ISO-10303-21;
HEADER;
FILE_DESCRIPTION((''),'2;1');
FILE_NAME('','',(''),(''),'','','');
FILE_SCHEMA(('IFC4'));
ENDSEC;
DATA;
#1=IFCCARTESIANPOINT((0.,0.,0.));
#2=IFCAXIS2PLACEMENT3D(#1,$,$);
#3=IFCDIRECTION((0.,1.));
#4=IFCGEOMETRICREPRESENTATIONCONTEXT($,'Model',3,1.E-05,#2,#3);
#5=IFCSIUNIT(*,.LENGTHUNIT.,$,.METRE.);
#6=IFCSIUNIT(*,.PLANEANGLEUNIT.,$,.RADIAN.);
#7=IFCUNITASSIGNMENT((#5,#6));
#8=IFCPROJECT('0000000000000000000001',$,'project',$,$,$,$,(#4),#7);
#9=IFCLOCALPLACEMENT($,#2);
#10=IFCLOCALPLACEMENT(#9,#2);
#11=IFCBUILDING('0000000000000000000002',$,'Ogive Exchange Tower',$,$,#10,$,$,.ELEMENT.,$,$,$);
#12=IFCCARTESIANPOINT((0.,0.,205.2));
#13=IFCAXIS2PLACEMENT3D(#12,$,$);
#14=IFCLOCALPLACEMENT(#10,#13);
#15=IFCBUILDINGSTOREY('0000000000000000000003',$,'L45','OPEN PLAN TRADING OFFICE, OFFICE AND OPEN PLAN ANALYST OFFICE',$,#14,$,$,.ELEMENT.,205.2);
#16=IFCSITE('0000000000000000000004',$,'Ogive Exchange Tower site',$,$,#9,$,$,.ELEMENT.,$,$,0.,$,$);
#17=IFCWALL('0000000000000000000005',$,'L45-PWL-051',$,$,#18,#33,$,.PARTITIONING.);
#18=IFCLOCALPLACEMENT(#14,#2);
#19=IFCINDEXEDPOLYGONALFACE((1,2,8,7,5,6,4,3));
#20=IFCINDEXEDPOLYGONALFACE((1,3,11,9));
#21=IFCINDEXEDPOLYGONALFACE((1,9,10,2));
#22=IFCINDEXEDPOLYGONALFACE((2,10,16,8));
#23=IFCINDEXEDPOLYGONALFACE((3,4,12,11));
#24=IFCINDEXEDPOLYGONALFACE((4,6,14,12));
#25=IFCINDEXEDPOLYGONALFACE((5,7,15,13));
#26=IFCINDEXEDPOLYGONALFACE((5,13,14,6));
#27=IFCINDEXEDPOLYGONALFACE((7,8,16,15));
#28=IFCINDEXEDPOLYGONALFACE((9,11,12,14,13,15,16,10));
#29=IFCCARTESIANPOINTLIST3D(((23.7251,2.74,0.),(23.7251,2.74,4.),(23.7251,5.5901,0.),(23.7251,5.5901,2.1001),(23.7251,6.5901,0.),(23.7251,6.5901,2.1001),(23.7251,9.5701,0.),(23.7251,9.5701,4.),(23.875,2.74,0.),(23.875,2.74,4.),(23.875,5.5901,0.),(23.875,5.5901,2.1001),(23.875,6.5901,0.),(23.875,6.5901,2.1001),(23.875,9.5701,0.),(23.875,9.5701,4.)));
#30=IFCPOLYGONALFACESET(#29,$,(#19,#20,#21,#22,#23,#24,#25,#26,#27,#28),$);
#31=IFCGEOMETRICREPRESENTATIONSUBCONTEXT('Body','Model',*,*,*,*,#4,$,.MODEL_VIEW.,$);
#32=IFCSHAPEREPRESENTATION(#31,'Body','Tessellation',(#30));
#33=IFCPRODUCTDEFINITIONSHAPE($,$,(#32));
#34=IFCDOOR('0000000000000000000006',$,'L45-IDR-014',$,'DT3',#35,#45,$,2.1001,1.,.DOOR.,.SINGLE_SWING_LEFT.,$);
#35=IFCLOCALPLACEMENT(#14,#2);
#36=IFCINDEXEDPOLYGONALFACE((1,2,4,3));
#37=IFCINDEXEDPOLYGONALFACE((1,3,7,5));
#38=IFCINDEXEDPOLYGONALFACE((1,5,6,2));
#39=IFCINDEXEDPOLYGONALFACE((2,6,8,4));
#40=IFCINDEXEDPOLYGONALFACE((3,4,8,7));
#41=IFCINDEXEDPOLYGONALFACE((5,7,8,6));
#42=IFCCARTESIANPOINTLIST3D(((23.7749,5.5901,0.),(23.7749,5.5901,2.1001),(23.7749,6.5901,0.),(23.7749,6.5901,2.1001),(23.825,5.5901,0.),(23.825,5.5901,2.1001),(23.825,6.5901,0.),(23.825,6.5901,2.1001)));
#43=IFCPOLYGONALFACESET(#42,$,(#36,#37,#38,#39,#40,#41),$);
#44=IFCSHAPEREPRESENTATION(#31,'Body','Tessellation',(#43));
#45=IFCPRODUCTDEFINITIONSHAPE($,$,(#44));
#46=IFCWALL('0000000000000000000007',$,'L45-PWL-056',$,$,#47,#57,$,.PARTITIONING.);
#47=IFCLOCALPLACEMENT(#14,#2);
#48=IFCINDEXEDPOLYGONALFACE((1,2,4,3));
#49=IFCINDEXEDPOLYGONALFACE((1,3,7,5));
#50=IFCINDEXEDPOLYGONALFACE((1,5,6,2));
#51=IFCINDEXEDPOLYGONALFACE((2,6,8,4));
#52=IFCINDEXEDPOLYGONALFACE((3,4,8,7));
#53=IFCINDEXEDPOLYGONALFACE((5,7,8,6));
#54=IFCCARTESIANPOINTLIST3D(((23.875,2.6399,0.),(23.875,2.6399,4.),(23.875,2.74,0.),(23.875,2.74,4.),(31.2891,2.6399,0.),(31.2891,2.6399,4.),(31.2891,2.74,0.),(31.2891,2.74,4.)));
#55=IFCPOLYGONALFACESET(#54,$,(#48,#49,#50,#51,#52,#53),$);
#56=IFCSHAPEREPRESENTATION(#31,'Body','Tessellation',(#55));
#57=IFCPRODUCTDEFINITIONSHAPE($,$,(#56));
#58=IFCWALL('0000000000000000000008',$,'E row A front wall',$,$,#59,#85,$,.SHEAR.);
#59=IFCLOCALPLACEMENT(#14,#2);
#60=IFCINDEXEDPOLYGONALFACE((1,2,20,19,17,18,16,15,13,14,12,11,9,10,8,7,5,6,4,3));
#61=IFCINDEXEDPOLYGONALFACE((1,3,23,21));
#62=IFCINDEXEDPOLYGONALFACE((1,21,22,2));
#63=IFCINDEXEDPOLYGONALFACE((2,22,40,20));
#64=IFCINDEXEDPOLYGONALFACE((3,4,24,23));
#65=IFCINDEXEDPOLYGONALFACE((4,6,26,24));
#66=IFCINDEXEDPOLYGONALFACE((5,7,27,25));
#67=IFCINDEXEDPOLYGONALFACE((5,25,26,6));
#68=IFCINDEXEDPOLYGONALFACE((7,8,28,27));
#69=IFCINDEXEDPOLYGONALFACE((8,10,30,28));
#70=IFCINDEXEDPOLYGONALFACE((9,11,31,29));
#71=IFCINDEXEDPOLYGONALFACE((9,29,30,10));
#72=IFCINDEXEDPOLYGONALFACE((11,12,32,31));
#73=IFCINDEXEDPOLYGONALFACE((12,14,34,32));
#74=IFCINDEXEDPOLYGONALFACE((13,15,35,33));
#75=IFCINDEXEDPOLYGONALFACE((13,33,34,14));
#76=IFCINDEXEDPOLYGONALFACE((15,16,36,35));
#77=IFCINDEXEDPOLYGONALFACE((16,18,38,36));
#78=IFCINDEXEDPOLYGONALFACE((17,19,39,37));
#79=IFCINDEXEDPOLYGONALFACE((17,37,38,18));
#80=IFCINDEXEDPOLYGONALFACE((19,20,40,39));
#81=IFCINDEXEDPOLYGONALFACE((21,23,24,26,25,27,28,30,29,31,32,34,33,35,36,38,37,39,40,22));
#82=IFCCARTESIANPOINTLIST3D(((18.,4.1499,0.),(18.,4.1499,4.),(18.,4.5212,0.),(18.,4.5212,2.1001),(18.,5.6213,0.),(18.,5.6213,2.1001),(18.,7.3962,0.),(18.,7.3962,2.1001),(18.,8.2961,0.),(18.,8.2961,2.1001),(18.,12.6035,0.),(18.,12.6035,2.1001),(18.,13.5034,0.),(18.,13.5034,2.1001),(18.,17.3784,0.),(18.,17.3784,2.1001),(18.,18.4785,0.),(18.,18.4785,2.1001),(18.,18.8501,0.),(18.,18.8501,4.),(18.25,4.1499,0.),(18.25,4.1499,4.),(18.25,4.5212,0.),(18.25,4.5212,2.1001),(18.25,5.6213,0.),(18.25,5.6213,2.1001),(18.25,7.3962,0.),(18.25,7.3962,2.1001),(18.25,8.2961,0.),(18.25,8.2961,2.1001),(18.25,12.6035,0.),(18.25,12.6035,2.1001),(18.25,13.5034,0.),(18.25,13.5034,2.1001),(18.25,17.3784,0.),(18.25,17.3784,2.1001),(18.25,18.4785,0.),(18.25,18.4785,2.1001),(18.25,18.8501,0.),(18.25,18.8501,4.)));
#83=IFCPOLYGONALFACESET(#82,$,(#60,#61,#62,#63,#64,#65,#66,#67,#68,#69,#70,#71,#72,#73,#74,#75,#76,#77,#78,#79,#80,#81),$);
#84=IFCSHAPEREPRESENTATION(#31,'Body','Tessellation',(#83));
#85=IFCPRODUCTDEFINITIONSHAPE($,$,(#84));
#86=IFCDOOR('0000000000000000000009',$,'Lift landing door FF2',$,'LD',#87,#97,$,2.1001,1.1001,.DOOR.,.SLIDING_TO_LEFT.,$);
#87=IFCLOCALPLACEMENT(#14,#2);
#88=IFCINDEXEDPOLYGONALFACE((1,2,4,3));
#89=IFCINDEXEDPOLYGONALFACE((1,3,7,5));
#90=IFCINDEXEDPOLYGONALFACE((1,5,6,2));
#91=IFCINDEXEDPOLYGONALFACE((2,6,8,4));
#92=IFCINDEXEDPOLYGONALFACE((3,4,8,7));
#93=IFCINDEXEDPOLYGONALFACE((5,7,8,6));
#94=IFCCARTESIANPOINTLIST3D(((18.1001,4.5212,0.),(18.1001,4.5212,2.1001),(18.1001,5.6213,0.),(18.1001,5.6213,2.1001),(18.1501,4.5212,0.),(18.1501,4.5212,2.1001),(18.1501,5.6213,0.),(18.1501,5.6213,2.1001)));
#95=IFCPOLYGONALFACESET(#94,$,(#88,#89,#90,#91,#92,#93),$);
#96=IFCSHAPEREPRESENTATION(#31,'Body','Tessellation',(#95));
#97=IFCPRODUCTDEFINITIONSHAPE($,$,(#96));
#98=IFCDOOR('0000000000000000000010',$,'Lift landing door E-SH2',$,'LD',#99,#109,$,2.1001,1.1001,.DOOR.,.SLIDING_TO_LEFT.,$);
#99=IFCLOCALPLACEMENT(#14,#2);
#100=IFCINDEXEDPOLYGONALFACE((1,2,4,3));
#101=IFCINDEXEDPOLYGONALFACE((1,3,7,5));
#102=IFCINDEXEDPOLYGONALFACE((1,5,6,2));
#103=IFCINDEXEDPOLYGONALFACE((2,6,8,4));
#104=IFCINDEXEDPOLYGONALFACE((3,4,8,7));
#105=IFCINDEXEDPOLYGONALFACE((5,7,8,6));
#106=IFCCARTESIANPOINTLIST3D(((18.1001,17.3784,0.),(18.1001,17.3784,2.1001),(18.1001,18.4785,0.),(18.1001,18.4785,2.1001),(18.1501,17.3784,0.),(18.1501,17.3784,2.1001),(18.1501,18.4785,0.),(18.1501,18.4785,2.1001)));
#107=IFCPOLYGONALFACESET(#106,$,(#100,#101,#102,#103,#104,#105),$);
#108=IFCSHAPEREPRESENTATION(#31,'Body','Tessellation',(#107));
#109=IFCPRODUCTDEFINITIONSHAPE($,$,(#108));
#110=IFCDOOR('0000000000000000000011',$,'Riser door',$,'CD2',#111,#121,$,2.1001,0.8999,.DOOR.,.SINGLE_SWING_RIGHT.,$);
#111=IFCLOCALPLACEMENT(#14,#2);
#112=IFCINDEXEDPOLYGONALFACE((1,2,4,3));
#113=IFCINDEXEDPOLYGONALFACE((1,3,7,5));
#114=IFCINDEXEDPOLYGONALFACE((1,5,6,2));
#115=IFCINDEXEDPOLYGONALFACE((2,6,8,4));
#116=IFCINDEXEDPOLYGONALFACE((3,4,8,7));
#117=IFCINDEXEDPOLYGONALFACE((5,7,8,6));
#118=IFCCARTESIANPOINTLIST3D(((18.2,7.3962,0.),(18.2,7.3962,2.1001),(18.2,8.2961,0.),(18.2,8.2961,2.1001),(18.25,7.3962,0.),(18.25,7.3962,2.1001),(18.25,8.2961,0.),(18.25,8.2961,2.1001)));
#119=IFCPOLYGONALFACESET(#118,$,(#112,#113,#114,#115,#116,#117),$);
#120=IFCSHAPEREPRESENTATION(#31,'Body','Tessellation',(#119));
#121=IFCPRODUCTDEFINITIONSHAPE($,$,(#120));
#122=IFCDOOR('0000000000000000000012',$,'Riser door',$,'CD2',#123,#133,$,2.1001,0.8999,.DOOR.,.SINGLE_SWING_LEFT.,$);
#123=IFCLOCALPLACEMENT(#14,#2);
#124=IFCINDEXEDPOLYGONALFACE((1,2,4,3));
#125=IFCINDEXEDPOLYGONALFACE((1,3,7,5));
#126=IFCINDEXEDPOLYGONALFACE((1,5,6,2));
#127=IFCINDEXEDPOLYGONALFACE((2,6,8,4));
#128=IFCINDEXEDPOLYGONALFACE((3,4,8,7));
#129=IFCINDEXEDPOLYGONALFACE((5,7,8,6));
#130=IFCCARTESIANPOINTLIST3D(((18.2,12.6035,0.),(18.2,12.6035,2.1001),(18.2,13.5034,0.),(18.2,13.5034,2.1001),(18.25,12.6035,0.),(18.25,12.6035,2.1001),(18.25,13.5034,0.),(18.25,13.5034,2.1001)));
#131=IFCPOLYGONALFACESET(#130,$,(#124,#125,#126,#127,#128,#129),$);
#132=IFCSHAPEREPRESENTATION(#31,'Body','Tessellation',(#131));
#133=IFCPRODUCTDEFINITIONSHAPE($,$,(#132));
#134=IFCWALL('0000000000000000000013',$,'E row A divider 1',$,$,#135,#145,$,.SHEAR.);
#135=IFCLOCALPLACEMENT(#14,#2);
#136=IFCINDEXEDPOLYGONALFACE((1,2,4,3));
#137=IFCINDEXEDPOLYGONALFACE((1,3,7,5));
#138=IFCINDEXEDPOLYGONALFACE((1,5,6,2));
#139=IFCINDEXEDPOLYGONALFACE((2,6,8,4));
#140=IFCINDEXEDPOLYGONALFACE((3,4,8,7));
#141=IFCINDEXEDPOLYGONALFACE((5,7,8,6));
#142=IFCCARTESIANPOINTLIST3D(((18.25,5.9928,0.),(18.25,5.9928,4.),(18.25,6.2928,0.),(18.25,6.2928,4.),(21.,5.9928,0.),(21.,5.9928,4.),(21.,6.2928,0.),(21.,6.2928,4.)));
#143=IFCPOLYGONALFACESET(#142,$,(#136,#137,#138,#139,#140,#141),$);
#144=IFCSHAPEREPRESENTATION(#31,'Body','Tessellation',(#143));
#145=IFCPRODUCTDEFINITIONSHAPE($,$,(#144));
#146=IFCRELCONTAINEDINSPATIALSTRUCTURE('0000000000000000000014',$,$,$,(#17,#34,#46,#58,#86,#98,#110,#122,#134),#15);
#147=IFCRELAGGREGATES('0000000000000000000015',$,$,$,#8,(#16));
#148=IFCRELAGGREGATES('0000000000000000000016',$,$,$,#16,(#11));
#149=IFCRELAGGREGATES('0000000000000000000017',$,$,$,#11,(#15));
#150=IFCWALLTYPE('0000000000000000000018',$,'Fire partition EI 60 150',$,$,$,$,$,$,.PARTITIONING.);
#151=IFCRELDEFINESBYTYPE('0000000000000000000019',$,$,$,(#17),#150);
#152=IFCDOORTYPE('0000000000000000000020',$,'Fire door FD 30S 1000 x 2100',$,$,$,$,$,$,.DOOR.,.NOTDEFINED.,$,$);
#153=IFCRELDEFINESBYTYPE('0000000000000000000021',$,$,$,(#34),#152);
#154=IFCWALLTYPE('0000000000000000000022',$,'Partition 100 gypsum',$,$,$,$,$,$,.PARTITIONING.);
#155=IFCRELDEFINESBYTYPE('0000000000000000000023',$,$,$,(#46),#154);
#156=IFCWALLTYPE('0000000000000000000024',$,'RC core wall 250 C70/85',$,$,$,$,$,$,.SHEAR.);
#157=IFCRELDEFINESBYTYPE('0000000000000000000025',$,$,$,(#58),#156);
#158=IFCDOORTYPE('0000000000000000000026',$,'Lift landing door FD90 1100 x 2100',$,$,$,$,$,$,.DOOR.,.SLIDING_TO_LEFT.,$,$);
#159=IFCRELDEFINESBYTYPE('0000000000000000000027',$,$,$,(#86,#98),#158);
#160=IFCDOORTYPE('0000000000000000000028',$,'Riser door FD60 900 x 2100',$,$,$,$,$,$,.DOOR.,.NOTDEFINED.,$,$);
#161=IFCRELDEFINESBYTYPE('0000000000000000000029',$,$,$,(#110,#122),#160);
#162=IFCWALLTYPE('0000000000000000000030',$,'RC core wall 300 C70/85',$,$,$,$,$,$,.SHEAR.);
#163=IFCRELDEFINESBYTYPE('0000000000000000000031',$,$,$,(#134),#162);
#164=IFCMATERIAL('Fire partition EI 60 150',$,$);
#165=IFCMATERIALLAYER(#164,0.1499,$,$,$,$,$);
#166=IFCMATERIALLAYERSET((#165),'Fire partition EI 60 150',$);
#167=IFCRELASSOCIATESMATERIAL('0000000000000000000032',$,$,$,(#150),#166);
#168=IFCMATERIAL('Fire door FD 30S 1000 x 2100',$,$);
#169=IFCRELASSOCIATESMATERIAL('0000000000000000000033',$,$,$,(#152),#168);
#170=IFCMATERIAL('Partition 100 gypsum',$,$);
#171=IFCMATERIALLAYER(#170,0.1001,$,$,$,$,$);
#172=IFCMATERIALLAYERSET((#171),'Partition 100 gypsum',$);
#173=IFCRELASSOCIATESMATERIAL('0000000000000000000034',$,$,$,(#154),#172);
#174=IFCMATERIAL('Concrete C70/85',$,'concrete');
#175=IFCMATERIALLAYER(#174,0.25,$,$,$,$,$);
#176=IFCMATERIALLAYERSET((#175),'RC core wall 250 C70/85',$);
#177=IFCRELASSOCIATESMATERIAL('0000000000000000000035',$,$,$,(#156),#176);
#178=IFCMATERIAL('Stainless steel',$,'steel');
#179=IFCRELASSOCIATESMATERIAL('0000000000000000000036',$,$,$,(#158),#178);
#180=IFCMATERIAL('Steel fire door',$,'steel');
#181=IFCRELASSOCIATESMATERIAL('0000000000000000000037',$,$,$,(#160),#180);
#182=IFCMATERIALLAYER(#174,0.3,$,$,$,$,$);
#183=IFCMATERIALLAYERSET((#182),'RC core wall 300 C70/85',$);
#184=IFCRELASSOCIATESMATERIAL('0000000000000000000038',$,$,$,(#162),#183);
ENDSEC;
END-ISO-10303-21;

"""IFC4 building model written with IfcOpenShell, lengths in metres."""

from ifc_helpers import new_model, si_unit, direction, frame, frame_2d, origin, place, context, subcontext, project, spatial, rectangle, extrude, material, layer, layer_set, type_object, element, fill, save


model = new_model("IFC4")

# Units and contexts
model_context = context("Model", 3, precision=1e-05, world=origin(), true_north=direction((0.0, 1.0)))
body_context = subcontext(model_context, "Body", "Model", "MODEL_VIEW")
ifc_project = project(units=[si_unit("LENGTHUNIT", "METRE"), si_unit("PLANEANGLEUNIT", "RADIAN")], contexts=[model_context])

# Site, building, storey
site_placement = place(None, origin())
site = spatial("IfcSite", under=ifc_project, at=site_placement, Name="Ogive Exchange Tower site", CompositionType="ELEMENT", RefElevation=0.0)
building_placement = place(site_placement, origin())
building = spatial("IfcBuilding", under=site, at=building_placement, Name="Ogive Exchange Tower", CompositionType="ELEMENT")
storey_placement = place(building_placement, frame((0.0, 0.0, 205.2)))
storey = spatial("IfcBuildingStorey", under=building, at=storey_placement, Name="L45", Description="OPEN PLAN TRADING OFFICE, OFFICE AND OPEN PLAN ANALYST OFFICE", CompositionType="ELEMENT", Elevation=205.2)

# Wall, opening, door
ifc_material_1 = material(Name="Fire partition EI 60 150")
ifc_layer_1 = layer(ifc_material_1, 0.1499)
ifc_layer_set_1 = layer_set([ifc_layer_1], Name="Fire partition EI 60 150")
wall_type_1 = type_object("IfcWallType", Name="Fire partition EI 60 150", PredefinedType="PARTITIONING", material=ifc_layer_set_1)
ifc_material_2 = material(Name="Fire door FD 30S 1000 x 2100")
door_type_1 = type_object("IfcDoorType", Name="Fire door FD 30S 1000 x 2100", OperationType="NOTDEFINED", PredefinedType="DOOR", material=ifc_material_2)
wall_1_placement = place(storey_placement, frame((23.8, 9.5701, 0.0), z_axis=(0.0, 0.0, 1.0), x_axis=(0.0, -1.0, 0.0)))
wall_1 = element("IfcWall", 1, at=wall_1_placement, inside=storey, type_object=wall_type_1, Name="L45-PWL-051", PredefinedType="PARTITIONING", context=body_context, shape_type="SweptSolid", body=[
    extrude(rectangle(XDim=6.8301, YDim=0.1499, at=frame_2d((3.415, 0.0))), origin(), (0.0, 0.0, 1.0), 4.0),
])
opening_1_placement = place(wall_1_placement, frame((2.98, 0.0, 0.0)))
opening_1 = element("IfcOpeningElement", 2, at=opening_1_placement, cuts=wall_1, PredefinedType="OPENING", context=body_context, shape_type="SweptSolid", body=[
    extrude(rectangle(XDim=1.0, YDim=2.1001, at=frame_2d((0.5, 1.05))), frame((0.0, 0.085, 0.0), z_axis=(0.0, -1.0, 0.0), x_axis=(1.0, 0.0, 0.0)), (0.0, 0.0, 1.0), 0.1699),
])
door_1_placement = place(opening_1_placement, origin())
door_1 = element("IfcDoor", 3, at=door_1_placement, inside=storey, type_object=door_type_1, Name="L45-IDR-014", ObjectType="DT3", OperationType="SINGLE_SWING_LEFT", OverallHeight=2.1001, OverallWidth=1.0, PredefinedType="DOOR", context=body_context, shape_type="SweptSolid", body=[
    extrude(rectangle(XDim=1.0, YDim=2.1001, at=frame_2d((0.5, 1.05))), frame((0.0, 0.0249, 0.0), z_axis=(0.0, -1.0, 0.0), x_axis=(1.0, 0.0, 0.0)), (0.0, 0.0, 1.0), 0.05),
])
fill(opening_1, door_1)

# Wall
ifc_material_3 = material(Name="Partition 100 gypsum")
ifc_layer_2 = layer(ifc_material_3, 0.1001)
ifc_layer_set_2 = layer_set([ifc_layer_2], Name="Partition 100 gypsum")
wall_type_2 = type_object("IfcWallType", Name="Partition 100 gypsum", PredefinedType="PARTITIONING", material=ifc_layer_set_2)
wall_2_placement = place(storey_placement, frame((31.2891, 2.6899, 0.0), z_axis=(0.0, 0.0, 1.0), x_axis=(-1.0, 0.0, 0.0)))
element("IfcWall", 4, at=wall_2_placement, inside=storey, type_object=wall_type_2, Name="L45-PWL-056", PredefinedType="PARTITIONING", context=body_context, shape_type="SweptSolid", body=[
    extrude(rectangle(XDim=7.4141, YDim=0.1001, at=frame_2d((3.707, 0.0))), origin(), (0.0, 0.0, 1.0), 4.0),
])

# Wall, openings, doors
ifc_material_4 = material(Name="Concrete C70/85", Category="concrete")
ifc_layer_3 = layer(ifc_material_4, 0.25)
ifc_layer_set_3 = layer_set([ifc_layer_3], Name="RC core wall 250 C70/85")
wall_type_3 = type_object("IfcWallType", Name="RC core wall 250 C70/85", PredefinedType="SHEAR", material=ifc_layer_set_3)
wall_3_placement = place(storey_placement, frame((18.125, 4.1499, 0.0), z_axis=(0.0, 0.0, 1.0), x_axis=(0.0, 1.0, 0.0)))
wall_3 = element("IfcWall", 5, at=wall_3_placement, inside=storey, type_object=wall_type_3, Name="E row A front wall", PredefinedType="SHEAR", context=body_context, shape_type="SweptSolid", body=[
    extrude(rectangle(XDim=14.7002, YDim=0.25, at=frame_2d((7.3501, 0.0))), origin(), (0.0, 0.0, 1.0), 4.0),
])
opening_2_placement = place(wall_3_placement, frame((3.2463, 0.0, 0.0)))
opening_2 = element("IfcOpeningElement", 6, at=opening_2_placement, cuts=wall_3, PredefinedType="OPENING", context=body_context, shape_type="SweptSolid", body=[
    extrude(rectangle(XDim=0.8999, YDim=2.1001, at=frame_2d((0.45, 1.05))), frame((0.0, 0.135, 0.0), z_axis=(0.0, -1.0, 0.0), x_axis=(1.0, 0.0, 0.0)), (0.0, 0.0, 1.0), 0.27),
])
opening_3_placement = place(wall_3_placement, frame((8.4536, 0.0, 0.0)))
opening_3 = element("IfcOpeningElement", 7, at=opening_3_placement, cuts=wall_3, PredefinedType="OPENING", context=body_context, shape_type="SweptSolid", body=[
    extrude(rectangle(XDim=0.8999, YDim=2.1001, at=frame_2d((0.45, 1.05))), frame((0.0, 0.135, 0.0), z_axis=(0.0, -1.0, 0.0), x_axis=(1.0, 0.0, 0.0)), (0.0, 0.0, 1.0), 0.27),
])
opening_4_placement = place(wall_3_placement, frame((0.3713, 0.0, 0.0)))
opening_4 = element("IfcOpeningElement", 8, at=opening_4_placement, cuts=wall_3, PredefinedType="OPENING", context=body_context, shape_type="SweptSolid", body=[
    extrude(rectangle(XDim=1.1001, YDim=2.1001, at=frame_2d((0.55, 1.05))), frame((0.0, 0.135, 0.0), z_axis=(0.0, -1.0, 0.0), x_axis=(1.0, 0.0, 0.0)), (0.0, 0.0, 1.0), 0.27),
])
opening_5_placement = place(wall_3_placement, frame((13.2285, 0.0, 0.0)))
opening_5 = element("IfcOpeningElement", 9, at=opening_5_placement, cuts=wall_3, PredefinedType="OPENING", context=body_context, shape_type="SweptSolid", body=[
    extrude(rectangle(XDim=1.1001, YDim=2.1001, at=frame_2d((0.55, 1.05))), frame((0.0, 0.135, 0.0), z_axis=(0.0, -1.0, 0.0), x_axis=(1.0, 0.0, 0.0)), (0.0, 0.0, 1.0), 0.27),
])
ifc_material_5 = material(Name="Stainless steel", Category="steel")
door_type_2 = type_object("IfcDoorType", Name="Lift landing door FD90 1100 x 2100", OperationType="SLIDING_TO_LEFT", PredefinedType="DOOR", material=ifc_material_5)
door_2_placement = place(opening_4_placement, origin())
door_2 = element("IfcDoor", 10, at=door_2_placement, inside=storey, type_object=door_type_2, Name="Lift landing door FF2", ObjectType="LD", OperationType="SLIDING_TO_LEFT", OverallHeight=2.1001, OverallWidth=1.1001, PredefinedType="DOOR", context=body_context, shape_type="SweptSolid", body=[
    extrude(rectangle(XDim=1.1001, YDim=2.1001, at=frame_2d((0.55, 1.05))), frame((0.0, 0.0249, 0.0), z_axis=(0.0, -1.0, 0.0), x_axis=(1.0, 0.0, 0.0)), (0.0, 0.0, 1.0), 0.05),
])
fill(opening_4, door_2)
door_3_placement = place(opening_5_placement, origin())
door_3 = element("IfcDoor", 11, at=door_3_placement, inside=storey, type_object=door_type_2, Name="Lift landing door E-SH2", ObjectType="LD", OperationType="SLIDING_TO_LEFT", OverallHeight=2.1001, OverallWidth=1.1001, PredefinedType="DOOR", context=body_context, shape_type="SweptSolid", body=[
    extrude(rectangle(XDim=1.1001, YDim=2.1001, at=frame_2d((0.55, 1.05))), frame((0.0, 0.0249, 0.0), z_axis=(0.0, -1.0, 0.0), x_axis=(1.0, 0.0, 0.0)), (0.0, 0.0, 1.0), 0.05),
])
fill(opening_5, door_3)
ifc_material_6 = material(Name="Steel fire door", Category="steel")
door_type_3 = type_object("IfcDoorType", Name="Riser door FD60 900 x 2100", OperationType="NOTDEFINED", PredefinedType="DOOR", material=ifc_material_6)
door_4_placement = place(opening_2_placement, frame((0.8999, -0.2002, 0.0), z_axis=(0.0, 0.0, 1.0), x_axis=(-1.0, 0.0, 0.0)))
door_4 = element("IfcDoor", 12, at=door_4_placement, inside=storey, type_object=door_type_3, Name="Riser door", ObjectType="CD2", OperationType="SINGLE_SWING_RIGHT", OverallHeight=2.1001, OverallWidth=0.8999, PredefinedType="DOOR", context=body_context, shape_type="SweptSolid", body=[
    extrude(rectangle(XDim=0.8999, YDim=2.1001, at=frame_2d((0.45, 1.05))), frame((0.0, -0.0752, 0.0), z_axis=(0.0, -1.0, 0.0), x_axis=(1.0, 0.0, 0.0)), (0.0, 0.0, 1.0), 0.05),
])
fill(opening_2, door_4)
door_5_placement = place(opening_3_placement, frame((0.8999, -0.2002, 0.0), z_axis=(0.0, 0.0, 1.0), x_axis=(-1.0, 0.0, 0.0)))
door_5 = element("IfcDoor", 13, at=door_5_placement, inside=storey, type_object=door_type_3, Name="Riser door", ObjectType="CD2", OperationType="SINGLE_SWING_LEFT", OverallHeight=2.1001, OverallWidth=0.8999, PredefinedType="DOOR", context=body_context, shape_type="SweptSolid", body=[
    extrude(rectangle(XDim=0.8999, YDim=2.1001, at=frame_2d((0.45, 1.05))), frame((0.0, -0.0752, 0.0), z_axis=(0.0, -1.0, 0.0), x_axis=(1.0, 0.0, 0.0)), (0.0, 0.0, 1.0), 0.05),
])
fill(opening_3, door_5)

# Wall
ifc_layer_4 = layer(ifc_material_4, 0.3)
ifc_layer_set_4 = layer_set([ifc_layer_4], Name="RC core wall 300 C70/85")
wall_type_4 = type_object("IfcWallType", Name="RC core wall 300 C70/85", PredefinedType="SHEAR", material=ifc_layer_set_4)
wall_4_placement = place(storey_placement, frame((18.25, 6.1428, 0.0), z_axis=(0.0, 0.0, 1.0), x_axis=(1.0, 0.0, 0.0)))
element("IfcWall", 14, at=wall_4_placement, inside=storey, type_object=wall_type_4, Name="E row A divider 1", PredefinedType="SHEAR", context=body_context, shape_type="SweptSolid", body=[
    extrude(rectangle(XDim=2.75, YDim=0.3, at=frame_2d((1.375, 0.0))), origin(), (0.0, 0.0, 1.0), 4.0),
])

save(model, "model.ifc")
